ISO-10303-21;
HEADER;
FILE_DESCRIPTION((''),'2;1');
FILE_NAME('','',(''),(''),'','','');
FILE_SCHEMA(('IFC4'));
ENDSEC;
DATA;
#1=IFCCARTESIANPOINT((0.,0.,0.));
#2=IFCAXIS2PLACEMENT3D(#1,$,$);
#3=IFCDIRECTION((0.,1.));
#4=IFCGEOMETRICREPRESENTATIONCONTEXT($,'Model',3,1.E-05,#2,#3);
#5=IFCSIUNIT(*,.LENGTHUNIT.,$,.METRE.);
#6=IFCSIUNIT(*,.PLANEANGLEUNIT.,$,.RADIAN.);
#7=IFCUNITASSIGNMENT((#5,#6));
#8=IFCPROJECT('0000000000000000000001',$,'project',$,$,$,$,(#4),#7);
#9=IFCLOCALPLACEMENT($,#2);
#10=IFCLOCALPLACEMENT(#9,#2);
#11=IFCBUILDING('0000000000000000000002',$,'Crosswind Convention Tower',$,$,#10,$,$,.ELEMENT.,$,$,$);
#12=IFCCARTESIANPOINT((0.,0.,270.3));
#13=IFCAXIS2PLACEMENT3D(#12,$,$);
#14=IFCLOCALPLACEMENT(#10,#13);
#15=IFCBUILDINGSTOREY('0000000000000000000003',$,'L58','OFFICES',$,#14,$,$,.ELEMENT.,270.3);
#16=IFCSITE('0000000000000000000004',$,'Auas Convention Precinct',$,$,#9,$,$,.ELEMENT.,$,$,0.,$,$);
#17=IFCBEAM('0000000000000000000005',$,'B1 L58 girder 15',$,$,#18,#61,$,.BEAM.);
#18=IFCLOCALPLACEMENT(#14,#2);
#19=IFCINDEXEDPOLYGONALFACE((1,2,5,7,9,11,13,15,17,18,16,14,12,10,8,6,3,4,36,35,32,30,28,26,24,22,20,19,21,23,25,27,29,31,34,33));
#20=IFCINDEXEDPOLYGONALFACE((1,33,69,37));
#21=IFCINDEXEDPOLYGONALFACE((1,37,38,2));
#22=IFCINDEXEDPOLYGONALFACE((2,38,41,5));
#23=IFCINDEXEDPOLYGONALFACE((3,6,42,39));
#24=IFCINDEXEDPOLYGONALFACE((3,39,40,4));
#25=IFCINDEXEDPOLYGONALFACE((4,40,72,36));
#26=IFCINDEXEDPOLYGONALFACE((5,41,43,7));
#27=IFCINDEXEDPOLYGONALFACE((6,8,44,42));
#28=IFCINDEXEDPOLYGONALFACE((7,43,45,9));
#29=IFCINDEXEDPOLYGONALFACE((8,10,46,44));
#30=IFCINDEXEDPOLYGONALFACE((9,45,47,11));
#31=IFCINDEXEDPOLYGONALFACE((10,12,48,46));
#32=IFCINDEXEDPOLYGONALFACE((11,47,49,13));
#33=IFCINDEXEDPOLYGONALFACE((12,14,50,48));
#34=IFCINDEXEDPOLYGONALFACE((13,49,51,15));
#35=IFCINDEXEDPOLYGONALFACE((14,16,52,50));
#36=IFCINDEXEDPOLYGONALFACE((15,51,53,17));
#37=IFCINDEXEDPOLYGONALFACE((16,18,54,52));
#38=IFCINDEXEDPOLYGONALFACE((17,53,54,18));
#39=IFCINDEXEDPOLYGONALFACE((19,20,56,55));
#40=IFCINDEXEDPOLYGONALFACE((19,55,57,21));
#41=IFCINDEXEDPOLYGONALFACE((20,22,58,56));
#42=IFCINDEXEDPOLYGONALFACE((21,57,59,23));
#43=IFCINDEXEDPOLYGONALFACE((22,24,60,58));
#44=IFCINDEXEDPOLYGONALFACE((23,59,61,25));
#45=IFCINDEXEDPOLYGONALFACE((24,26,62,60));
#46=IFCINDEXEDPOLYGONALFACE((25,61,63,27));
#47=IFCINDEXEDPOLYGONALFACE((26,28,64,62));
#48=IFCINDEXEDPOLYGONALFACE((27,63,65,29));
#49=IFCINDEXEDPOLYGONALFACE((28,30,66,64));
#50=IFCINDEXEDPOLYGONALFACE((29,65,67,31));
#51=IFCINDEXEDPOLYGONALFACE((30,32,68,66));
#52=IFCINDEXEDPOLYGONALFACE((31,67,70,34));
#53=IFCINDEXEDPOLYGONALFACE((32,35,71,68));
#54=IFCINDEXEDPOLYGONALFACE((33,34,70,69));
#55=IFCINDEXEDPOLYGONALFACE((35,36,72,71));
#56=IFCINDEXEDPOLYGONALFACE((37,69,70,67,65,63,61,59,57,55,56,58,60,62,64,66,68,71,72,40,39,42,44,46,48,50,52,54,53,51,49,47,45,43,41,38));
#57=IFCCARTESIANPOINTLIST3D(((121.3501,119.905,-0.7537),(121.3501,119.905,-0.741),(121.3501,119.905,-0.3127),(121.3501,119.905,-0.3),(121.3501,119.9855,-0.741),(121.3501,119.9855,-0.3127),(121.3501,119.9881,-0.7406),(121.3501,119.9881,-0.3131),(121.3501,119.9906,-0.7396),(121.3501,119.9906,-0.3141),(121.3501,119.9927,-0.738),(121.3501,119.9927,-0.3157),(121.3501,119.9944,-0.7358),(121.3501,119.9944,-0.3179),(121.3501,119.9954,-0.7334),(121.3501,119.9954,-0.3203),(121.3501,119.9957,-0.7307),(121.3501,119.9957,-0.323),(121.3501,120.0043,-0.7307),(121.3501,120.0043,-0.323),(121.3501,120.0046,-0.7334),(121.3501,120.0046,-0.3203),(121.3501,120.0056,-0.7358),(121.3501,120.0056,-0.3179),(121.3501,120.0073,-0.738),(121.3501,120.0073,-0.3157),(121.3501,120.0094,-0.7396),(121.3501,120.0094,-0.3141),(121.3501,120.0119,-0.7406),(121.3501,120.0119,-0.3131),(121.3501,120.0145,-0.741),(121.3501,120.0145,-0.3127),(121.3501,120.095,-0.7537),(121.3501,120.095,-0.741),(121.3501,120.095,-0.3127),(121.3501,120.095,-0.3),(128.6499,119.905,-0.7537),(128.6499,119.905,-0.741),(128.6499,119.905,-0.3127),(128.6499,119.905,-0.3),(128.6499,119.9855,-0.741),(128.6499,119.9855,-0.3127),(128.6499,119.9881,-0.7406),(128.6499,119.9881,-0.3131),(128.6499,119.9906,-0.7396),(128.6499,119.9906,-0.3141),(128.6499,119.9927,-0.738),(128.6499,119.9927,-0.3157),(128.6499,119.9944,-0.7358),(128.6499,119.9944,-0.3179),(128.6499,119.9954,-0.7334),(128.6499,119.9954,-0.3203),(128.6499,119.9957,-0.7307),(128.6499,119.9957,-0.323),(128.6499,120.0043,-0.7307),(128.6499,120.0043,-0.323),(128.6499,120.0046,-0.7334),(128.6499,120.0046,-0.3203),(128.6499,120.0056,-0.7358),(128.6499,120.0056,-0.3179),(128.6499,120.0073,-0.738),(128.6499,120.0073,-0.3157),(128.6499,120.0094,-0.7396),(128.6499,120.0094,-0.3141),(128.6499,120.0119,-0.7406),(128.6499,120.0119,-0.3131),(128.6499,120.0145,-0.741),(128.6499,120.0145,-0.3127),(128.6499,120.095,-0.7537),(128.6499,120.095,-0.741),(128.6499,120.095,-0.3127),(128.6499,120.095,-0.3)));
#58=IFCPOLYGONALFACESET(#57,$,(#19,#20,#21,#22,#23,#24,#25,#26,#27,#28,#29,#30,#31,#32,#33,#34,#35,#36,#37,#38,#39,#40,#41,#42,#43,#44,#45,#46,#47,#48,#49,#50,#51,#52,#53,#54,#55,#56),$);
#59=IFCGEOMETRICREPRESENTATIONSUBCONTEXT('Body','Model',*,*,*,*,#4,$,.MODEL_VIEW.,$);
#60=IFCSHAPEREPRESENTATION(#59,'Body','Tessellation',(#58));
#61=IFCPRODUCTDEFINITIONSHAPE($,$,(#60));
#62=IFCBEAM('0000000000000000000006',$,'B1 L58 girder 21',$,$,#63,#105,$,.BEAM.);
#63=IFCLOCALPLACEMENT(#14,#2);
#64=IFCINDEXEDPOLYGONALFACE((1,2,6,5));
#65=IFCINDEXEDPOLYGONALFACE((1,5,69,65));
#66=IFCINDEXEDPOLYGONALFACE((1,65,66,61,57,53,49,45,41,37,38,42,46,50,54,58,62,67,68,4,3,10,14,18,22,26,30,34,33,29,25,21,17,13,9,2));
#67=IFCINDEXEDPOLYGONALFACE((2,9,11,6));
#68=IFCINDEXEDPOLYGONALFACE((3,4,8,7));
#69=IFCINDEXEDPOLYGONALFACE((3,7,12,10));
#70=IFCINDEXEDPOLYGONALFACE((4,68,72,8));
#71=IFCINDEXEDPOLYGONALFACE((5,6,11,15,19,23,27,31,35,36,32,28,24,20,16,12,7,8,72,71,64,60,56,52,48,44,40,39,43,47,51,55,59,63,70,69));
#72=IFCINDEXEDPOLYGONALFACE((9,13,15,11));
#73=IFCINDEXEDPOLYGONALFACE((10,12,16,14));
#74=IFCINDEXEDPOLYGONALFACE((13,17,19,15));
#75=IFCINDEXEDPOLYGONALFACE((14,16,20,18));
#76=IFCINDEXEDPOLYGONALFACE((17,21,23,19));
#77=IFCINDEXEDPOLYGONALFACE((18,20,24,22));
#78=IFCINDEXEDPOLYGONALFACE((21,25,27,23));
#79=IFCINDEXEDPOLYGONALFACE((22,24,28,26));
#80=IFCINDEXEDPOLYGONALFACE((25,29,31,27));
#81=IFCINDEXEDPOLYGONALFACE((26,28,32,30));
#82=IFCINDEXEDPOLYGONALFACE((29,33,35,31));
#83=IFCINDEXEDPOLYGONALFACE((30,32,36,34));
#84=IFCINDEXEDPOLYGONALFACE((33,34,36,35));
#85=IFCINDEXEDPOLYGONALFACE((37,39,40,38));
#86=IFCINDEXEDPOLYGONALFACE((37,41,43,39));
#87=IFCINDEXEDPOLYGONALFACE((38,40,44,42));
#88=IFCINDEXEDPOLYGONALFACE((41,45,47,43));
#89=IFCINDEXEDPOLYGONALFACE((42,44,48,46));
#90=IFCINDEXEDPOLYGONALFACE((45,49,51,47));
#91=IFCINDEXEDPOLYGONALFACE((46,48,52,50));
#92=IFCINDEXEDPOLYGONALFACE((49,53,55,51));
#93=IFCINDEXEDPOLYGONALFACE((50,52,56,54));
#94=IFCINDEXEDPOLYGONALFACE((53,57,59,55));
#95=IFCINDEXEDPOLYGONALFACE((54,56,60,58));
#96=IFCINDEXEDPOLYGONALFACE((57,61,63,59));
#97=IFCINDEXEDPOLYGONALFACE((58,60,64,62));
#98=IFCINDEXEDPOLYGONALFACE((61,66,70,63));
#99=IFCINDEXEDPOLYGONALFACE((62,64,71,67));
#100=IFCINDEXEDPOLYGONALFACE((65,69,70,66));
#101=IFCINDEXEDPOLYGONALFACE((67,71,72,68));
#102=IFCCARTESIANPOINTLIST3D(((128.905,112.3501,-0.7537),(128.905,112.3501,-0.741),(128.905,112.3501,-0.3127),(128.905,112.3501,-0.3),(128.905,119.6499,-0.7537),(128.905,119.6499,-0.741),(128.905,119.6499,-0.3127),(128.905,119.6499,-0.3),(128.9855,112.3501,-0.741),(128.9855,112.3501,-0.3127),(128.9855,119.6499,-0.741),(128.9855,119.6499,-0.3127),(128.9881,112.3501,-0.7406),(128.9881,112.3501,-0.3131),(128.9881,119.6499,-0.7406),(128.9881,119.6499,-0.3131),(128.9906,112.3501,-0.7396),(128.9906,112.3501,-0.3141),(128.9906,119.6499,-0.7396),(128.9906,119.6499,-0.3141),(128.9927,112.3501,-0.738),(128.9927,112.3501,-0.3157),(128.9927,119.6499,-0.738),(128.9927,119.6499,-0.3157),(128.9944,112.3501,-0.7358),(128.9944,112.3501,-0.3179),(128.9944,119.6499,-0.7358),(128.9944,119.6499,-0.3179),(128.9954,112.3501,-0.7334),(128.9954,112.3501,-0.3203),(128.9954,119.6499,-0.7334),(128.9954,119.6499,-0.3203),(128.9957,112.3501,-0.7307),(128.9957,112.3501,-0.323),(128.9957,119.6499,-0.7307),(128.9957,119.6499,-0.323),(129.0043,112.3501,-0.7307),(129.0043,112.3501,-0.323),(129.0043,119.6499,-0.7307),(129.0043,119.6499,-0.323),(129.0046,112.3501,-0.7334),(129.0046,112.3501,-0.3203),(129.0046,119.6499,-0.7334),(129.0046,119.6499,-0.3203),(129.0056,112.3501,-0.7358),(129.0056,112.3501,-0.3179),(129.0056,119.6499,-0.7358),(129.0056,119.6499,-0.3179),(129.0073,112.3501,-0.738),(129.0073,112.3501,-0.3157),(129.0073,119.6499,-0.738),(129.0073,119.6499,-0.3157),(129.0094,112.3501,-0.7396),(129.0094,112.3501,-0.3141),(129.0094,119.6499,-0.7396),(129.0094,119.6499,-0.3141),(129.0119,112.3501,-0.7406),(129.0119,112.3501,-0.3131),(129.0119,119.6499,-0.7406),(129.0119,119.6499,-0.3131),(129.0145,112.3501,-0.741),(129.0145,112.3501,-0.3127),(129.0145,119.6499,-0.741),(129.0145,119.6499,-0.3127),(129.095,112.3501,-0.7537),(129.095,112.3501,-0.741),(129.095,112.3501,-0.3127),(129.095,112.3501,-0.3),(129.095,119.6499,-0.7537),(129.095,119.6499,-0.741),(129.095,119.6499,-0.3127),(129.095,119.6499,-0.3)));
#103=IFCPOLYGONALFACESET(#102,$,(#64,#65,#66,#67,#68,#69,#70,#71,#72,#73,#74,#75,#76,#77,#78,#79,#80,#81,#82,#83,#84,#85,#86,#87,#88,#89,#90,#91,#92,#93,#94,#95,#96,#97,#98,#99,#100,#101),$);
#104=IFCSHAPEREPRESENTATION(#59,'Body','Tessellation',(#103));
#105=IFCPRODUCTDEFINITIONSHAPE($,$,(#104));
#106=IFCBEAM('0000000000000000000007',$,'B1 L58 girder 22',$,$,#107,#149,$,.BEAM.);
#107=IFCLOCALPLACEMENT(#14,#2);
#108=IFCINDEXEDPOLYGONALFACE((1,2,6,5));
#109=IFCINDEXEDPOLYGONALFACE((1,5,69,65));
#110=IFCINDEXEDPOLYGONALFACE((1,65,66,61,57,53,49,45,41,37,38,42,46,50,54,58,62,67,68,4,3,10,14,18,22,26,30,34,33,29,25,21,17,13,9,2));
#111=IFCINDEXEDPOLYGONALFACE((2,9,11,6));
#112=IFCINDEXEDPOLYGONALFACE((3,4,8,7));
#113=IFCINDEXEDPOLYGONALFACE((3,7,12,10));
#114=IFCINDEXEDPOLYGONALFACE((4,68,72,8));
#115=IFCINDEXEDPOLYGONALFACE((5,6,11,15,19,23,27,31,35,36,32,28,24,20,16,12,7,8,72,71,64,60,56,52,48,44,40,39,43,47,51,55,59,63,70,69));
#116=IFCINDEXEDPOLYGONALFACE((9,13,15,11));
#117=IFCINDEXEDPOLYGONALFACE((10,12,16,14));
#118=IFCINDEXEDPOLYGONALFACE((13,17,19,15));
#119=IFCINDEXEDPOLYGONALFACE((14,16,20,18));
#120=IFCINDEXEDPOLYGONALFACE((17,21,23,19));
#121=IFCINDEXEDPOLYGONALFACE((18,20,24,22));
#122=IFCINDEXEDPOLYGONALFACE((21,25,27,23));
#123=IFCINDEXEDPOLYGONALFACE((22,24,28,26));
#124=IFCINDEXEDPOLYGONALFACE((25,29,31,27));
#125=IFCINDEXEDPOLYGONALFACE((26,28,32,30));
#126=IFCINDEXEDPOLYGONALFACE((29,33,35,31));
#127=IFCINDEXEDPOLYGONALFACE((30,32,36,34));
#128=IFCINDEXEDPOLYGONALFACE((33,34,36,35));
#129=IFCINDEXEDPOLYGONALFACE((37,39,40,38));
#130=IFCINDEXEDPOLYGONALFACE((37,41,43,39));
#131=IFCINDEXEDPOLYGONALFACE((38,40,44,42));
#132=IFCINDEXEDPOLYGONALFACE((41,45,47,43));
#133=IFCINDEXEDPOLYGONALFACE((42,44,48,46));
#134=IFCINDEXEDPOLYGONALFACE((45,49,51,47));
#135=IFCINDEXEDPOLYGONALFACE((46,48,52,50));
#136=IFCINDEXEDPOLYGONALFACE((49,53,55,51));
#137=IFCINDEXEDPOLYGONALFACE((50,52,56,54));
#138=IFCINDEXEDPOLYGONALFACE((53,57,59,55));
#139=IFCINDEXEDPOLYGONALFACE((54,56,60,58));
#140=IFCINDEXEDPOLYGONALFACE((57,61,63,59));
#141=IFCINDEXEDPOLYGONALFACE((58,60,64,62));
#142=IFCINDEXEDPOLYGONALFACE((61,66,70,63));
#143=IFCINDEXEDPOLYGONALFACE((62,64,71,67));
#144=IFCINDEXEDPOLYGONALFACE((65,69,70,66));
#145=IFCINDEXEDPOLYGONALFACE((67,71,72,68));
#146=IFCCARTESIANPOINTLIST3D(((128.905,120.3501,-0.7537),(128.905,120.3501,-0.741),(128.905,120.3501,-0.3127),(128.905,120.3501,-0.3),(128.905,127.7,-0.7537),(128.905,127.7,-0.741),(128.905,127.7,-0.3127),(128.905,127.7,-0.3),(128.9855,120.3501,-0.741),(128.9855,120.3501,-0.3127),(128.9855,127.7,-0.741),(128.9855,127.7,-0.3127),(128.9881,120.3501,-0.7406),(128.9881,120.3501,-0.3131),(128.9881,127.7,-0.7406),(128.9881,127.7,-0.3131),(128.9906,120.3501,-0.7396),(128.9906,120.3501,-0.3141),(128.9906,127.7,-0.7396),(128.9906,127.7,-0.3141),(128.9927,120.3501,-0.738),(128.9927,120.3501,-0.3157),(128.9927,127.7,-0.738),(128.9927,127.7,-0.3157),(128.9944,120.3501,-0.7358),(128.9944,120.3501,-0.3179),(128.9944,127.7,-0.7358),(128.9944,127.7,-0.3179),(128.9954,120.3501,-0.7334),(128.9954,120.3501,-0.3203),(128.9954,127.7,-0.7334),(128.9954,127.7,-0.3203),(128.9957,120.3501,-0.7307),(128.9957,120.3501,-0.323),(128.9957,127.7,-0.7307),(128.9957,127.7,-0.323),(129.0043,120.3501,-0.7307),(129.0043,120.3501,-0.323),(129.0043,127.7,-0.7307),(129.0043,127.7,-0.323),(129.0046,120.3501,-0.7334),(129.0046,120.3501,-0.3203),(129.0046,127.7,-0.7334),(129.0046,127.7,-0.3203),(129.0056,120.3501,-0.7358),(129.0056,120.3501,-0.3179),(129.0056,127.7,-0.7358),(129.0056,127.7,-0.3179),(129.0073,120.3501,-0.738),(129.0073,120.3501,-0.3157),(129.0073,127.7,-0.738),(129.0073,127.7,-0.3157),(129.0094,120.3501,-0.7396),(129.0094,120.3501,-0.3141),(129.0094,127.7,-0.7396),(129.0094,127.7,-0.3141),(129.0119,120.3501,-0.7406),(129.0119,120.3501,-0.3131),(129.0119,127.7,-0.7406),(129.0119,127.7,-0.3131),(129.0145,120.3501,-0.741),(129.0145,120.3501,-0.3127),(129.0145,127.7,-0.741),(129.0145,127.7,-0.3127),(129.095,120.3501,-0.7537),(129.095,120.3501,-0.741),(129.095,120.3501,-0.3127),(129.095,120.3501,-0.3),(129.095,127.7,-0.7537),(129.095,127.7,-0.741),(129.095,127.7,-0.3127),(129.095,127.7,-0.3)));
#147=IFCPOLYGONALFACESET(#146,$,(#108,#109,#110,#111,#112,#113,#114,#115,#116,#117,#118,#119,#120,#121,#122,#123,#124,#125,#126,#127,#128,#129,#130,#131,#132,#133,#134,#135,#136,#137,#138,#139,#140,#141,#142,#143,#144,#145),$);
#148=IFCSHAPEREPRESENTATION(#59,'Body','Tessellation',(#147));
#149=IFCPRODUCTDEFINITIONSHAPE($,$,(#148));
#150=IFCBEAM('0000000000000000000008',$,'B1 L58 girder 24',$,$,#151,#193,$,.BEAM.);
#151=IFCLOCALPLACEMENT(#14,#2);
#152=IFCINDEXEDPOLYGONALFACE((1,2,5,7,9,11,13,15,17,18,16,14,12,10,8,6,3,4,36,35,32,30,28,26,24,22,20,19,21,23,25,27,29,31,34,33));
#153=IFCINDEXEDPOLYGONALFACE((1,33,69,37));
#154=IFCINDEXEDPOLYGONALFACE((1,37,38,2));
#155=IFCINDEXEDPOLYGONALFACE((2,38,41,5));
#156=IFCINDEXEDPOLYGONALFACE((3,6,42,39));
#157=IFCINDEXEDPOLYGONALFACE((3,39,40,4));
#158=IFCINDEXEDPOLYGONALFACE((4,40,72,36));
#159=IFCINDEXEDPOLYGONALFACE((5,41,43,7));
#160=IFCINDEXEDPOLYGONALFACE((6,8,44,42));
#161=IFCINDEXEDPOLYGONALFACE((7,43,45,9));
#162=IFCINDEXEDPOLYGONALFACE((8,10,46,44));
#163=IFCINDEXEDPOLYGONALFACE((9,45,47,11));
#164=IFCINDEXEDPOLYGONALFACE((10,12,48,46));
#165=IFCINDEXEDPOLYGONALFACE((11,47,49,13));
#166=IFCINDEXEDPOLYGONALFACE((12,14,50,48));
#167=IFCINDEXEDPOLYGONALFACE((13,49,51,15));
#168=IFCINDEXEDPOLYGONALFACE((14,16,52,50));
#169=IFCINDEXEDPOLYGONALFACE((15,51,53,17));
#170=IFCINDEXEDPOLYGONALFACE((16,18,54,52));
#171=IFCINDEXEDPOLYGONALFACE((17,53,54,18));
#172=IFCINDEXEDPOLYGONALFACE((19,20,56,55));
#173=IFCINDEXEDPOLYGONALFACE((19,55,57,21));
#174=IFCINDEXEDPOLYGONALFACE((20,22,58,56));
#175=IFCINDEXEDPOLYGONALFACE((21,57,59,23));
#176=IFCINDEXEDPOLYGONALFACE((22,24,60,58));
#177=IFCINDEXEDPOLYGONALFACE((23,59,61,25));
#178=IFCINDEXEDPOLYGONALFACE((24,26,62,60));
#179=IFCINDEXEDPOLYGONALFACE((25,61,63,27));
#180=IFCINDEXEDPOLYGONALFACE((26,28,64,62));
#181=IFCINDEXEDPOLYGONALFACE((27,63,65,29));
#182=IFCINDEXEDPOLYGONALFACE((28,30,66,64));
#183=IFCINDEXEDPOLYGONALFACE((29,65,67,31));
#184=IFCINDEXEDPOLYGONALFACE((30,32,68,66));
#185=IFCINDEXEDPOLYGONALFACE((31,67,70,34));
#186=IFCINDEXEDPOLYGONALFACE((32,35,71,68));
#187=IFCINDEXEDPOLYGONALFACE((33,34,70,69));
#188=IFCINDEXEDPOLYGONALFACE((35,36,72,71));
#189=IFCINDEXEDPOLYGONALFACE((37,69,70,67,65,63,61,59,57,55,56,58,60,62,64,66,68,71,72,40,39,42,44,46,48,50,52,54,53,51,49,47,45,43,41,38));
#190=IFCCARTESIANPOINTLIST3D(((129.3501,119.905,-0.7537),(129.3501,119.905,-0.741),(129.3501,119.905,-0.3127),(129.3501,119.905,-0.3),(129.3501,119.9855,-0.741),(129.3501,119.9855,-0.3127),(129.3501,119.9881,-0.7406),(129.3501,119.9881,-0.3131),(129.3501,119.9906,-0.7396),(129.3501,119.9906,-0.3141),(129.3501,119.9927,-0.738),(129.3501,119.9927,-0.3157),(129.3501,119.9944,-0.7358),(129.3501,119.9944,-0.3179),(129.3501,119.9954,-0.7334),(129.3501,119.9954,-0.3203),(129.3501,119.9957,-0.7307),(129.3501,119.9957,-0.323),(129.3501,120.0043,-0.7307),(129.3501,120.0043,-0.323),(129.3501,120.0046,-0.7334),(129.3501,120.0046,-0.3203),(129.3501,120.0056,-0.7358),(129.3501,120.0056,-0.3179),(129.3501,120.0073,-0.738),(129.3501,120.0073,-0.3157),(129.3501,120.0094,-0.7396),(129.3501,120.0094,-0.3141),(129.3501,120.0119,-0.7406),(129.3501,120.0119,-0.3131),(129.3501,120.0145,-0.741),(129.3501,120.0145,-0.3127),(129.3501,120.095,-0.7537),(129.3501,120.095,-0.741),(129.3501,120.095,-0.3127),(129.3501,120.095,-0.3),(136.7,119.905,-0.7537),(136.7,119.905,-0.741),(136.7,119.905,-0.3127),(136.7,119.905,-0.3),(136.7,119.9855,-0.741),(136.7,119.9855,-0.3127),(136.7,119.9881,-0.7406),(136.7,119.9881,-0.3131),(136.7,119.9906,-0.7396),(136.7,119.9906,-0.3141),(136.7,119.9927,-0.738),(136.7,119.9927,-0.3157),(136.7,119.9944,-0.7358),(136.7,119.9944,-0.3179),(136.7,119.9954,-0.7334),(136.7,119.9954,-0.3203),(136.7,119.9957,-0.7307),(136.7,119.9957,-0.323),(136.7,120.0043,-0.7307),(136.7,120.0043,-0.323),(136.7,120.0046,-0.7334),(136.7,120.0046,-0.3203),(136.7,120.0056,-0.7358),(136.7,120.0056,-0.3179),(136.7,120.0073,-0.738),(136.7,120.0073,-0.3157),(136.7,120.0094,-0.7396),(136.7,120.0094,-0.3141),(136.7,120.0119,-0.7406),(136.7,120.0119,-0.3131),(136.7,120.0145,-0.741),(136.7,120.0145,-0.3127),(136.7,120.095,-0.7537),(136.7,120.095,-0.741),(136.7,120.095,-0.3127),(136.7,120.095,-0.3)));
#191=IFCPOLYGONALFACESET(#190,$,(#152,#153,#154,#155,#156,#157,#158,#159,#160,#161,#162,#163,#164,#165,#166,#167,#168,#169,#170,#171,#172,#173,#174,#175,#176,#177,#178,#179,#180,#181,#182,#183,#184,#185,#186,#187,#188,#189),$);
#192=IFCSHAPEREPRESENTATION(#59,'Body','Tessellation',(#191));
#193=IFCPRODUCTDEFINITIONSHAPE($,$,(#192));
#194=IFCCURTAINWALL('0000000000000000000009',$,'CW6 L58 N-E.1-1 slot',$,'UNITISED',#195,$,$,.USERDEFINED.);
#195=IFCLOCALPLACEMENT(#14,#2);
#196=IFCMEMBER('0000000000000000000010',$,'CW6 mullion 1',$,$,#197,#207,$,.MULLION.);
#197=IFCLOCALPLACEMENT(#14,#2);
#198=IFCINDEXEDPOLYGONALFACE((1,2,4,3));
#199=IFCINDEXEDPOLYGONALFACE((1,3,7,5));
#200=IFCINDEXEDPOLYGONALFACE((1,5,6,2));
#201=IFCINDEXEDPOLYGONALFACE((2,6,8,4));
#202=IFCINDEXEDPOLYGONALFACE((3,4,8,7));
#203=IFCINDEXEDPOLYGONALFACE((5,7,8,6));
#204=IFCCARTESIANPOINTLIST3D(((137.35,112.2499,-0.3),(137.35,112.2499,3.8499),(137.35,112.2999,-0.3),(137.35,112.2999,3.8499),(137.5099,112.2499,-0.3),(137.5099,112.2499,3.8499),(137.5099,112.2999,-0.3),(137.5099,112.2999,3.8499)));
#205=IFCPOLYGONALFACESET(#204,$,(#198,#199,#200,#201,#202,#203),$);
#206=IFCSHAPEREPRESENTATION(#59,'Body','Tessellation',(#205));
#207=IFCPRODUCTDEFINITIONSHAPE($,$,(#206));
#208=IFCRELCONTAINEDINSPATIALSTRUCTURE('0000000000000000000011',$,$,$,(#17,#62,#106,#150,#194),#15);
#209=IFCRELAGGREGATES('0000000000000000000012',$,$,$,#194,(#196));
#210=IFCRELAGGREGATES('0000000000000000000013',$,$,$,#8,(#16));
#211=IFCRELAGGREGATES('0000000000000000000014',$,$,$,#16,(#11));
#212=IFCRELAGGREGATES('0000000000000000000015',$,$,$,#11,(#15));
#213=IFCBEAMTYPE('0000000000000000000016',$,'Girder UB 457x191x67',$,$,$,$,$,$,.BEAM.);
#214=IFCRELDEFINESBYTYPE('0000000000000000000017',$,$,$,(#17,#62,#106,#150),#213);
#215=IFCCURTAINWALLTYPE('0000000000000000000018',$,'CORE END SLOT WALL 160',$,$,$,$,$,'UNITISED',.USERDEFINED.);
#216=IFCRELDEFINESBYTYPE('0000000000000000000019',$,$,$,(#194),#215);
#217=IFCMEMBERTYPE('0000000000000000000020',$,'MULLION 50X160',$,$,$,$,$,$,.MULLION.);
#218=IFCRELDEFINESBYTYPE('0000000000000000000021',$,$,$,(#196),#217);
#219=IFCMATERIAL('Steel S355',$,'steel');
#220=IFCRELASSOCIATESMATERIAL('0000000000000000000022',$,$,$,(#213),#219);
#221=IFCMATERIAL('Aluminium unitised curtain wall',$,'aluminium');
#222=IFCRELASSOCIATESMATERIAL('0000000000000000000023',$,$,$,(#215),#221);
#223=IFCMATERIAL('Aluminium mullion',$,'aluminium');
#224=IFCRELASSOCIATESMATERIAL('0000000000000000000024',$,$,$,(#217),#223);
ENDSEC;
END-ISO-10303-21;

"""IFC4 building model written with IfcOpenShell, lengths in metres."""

from ifc_helpers import new_model, si_unit, direction, frame, origin, origin_2d, place, context, subcontext, project, spatial, rectangle, i_section, extrude, material, material_profile, profile_set, type_object, element, aggregate, save


model = new_model("IFC4")

# Units and contexts
model_context = context("Model", 3, precision=1e-05, world=origin(), true_north=direction((0.0, 1.0)))
body_context = subcontext(model_context, "Body", "Model", "MODEL_VIEW")
ifc_project = project(units=[si_unit("LENGTHUNIT", "METRE"), si_unit("PLANEANGLEUNIT", "RADIAN")], contexts=[model_context])

# Site, building, storey
site_placement = place(None, origin())
site = spatial("IfcSite", under=ifc_project, at=site_placement, Name="Auas Convention Precinct", CompositionType="ELEMENT", RefElevation=0.0)
building_placement = place(site_placement, origin())
building = spatial("IfcBuilding", under=site, at=building_placement, Name="Crosswind Convention Tower", CompositionType="ELEMENT")
storey_placement = place(building_placement, frame((0.0, 0.0, 270.3)))
storey = spatial("IfcBuildingStorey", under=building, at=storey_placement, Name="L58", Description="OFFICES", CompositionType="ELEMENT", Elevation=270.3)

# Beams
ifc_material_1 = material(Name="Steel S355", Category="steel")
ifc_material_profile_1 = material_profile(ifc_material_1, i_section(OverallWidth=0.1899, OverallDepth=0.4536, WebThickness=0.0085, FlangeThickness=0.0127, FilletRadius=0.0103, at=origin_2d()), Name="UB 457x191x67")
ifc_profile_set_1 = profile_set([ifc_material_profile_1], Name="Steel S355")
beam_type_1 = type_object("IfcBeamType", Name="Girder UB 457x191x67", PredefinedType="BEAM", material=ifc_profile_set_1)
for number, where, z_axis, x_axis, name in (
    (1, (121.3501, 120.0, -0.5269), (1.0, 0.0, 0.0), (0.0, 1.0, 0.0), "B1 L58 girder 15"),
    (2, (129.0, 112.3501, -0.5269), (0.0, 1.0, 0.0), (-1.0, 0.0, 0.0), "B1 L58 girder 21"),
):
    element("IfcBeam", number, at=place(storey_placement, frame(where, z_axis=z_axis, x_axis=x_axis)), inside=storey, type_object=beam_type_1, Name=name, PredefinedType="BEAM", context=body_context, shape_type="SweptSolid", body=[
        extrude(i_section(OverallWidth=0.1899, OverallDepth=0.4536, WebThickness=0.0085, FlangeThickness=0.0127, FilletRadius=0.0103, at=origin_2d()), origin(), (0.0, 0.0, 1.0), 7.2998),
    ])
for number, where, z_axis, x_axis, name in (
    (3, (129.0, 120.3501, -0.5269), (0.0, 1.0, 0.0), (-1.0, 0.0, 0.0), "B1 L58 girder 22"),
    (4, (129.3501, 120.0, -0.5269), (1.0, 0.0, 0.0), (0.0, 1.0, 0.0), "B1 L58 girder 24"),
):
    element("IfcBeam", number, at=place(storey_placement, frame(where, z_axis=z_axis, x_axis=x_axis)), inside=storey, type_object=beam_type_1, Name=name, PredefinedType="BEAM", context=body_context, shape_type="SweptSolid", body=[
        extrude(i_section(OverallWidth=0.1899, OverallDepth=0.4536, WebThickness=0.0085, FlangeThickness=0.0127, FilletRadius=0.0103, at=origin_2d()), origin(), (0.0, 0.0, 1.0), 7.3499),
    ])

# Curtain wall, member
ifc_material_2 = material(Name="Aluminium unitised curtain wall", Category="aluminium")
curtain_wall_type_1 = type_object("IfcCurtainWallType", Name="CORE END SLOT WALL 160", ElementType="UNITISED", PredefinedType="USERDEFINED", material=ifc_material_2)
curtain_wall_1_placement = place(storey_placement, origin())
curtain_wall_1 = element("IfcCurtainWall", 5, at=curtain_wall_1_placement, inside=storey, type_object=curtain_wall_type_1, Name="CW6 L58 N-E.1-1 slot", ObjectType="UNITISED", PredefinedType="USERDEFINED")
ifc_material_3 = material(Name="Aluminium mullion", Category="aluminium")
ifc_material_profile_2 = material_profile(ifc_material_3, rectangle(XDim=0.1599, YDim=0.05, at=origin_2d()), Name="AL 160X50")
ifc_profile_set_2 = profile_set([ifc_material_profile_2], Name="Aluminium mullion")
member_type_1 = type_object("IfcMemberType", Name="MULLION 50X160", PredefinedType="MULLION", material=ifc_profile_set_2)
member_1_placement = place(storey_placement, frame((137.4299, 112.2749, -0.3), z_axis=(0.0, 0.0, 1.0), x_axis=(1.0, 0.0, 0.0)))
member_1 = element("IfcMember", 6, at=member_1_placement, type_object=member_type_1, Name="CW6 mullion 1", PredefinedType="MULLION", context=body_context, shape_type="SweptSolid", body=[
    extrude(rectangle(XDim=0.1599, YDim=0.05, at=origin_2d()), origin(), (0.0, 0.0, 1.0), 4.1499),
])

aggregate(curtain_wall_1, [member_1])

save(model, "model.ifc")
